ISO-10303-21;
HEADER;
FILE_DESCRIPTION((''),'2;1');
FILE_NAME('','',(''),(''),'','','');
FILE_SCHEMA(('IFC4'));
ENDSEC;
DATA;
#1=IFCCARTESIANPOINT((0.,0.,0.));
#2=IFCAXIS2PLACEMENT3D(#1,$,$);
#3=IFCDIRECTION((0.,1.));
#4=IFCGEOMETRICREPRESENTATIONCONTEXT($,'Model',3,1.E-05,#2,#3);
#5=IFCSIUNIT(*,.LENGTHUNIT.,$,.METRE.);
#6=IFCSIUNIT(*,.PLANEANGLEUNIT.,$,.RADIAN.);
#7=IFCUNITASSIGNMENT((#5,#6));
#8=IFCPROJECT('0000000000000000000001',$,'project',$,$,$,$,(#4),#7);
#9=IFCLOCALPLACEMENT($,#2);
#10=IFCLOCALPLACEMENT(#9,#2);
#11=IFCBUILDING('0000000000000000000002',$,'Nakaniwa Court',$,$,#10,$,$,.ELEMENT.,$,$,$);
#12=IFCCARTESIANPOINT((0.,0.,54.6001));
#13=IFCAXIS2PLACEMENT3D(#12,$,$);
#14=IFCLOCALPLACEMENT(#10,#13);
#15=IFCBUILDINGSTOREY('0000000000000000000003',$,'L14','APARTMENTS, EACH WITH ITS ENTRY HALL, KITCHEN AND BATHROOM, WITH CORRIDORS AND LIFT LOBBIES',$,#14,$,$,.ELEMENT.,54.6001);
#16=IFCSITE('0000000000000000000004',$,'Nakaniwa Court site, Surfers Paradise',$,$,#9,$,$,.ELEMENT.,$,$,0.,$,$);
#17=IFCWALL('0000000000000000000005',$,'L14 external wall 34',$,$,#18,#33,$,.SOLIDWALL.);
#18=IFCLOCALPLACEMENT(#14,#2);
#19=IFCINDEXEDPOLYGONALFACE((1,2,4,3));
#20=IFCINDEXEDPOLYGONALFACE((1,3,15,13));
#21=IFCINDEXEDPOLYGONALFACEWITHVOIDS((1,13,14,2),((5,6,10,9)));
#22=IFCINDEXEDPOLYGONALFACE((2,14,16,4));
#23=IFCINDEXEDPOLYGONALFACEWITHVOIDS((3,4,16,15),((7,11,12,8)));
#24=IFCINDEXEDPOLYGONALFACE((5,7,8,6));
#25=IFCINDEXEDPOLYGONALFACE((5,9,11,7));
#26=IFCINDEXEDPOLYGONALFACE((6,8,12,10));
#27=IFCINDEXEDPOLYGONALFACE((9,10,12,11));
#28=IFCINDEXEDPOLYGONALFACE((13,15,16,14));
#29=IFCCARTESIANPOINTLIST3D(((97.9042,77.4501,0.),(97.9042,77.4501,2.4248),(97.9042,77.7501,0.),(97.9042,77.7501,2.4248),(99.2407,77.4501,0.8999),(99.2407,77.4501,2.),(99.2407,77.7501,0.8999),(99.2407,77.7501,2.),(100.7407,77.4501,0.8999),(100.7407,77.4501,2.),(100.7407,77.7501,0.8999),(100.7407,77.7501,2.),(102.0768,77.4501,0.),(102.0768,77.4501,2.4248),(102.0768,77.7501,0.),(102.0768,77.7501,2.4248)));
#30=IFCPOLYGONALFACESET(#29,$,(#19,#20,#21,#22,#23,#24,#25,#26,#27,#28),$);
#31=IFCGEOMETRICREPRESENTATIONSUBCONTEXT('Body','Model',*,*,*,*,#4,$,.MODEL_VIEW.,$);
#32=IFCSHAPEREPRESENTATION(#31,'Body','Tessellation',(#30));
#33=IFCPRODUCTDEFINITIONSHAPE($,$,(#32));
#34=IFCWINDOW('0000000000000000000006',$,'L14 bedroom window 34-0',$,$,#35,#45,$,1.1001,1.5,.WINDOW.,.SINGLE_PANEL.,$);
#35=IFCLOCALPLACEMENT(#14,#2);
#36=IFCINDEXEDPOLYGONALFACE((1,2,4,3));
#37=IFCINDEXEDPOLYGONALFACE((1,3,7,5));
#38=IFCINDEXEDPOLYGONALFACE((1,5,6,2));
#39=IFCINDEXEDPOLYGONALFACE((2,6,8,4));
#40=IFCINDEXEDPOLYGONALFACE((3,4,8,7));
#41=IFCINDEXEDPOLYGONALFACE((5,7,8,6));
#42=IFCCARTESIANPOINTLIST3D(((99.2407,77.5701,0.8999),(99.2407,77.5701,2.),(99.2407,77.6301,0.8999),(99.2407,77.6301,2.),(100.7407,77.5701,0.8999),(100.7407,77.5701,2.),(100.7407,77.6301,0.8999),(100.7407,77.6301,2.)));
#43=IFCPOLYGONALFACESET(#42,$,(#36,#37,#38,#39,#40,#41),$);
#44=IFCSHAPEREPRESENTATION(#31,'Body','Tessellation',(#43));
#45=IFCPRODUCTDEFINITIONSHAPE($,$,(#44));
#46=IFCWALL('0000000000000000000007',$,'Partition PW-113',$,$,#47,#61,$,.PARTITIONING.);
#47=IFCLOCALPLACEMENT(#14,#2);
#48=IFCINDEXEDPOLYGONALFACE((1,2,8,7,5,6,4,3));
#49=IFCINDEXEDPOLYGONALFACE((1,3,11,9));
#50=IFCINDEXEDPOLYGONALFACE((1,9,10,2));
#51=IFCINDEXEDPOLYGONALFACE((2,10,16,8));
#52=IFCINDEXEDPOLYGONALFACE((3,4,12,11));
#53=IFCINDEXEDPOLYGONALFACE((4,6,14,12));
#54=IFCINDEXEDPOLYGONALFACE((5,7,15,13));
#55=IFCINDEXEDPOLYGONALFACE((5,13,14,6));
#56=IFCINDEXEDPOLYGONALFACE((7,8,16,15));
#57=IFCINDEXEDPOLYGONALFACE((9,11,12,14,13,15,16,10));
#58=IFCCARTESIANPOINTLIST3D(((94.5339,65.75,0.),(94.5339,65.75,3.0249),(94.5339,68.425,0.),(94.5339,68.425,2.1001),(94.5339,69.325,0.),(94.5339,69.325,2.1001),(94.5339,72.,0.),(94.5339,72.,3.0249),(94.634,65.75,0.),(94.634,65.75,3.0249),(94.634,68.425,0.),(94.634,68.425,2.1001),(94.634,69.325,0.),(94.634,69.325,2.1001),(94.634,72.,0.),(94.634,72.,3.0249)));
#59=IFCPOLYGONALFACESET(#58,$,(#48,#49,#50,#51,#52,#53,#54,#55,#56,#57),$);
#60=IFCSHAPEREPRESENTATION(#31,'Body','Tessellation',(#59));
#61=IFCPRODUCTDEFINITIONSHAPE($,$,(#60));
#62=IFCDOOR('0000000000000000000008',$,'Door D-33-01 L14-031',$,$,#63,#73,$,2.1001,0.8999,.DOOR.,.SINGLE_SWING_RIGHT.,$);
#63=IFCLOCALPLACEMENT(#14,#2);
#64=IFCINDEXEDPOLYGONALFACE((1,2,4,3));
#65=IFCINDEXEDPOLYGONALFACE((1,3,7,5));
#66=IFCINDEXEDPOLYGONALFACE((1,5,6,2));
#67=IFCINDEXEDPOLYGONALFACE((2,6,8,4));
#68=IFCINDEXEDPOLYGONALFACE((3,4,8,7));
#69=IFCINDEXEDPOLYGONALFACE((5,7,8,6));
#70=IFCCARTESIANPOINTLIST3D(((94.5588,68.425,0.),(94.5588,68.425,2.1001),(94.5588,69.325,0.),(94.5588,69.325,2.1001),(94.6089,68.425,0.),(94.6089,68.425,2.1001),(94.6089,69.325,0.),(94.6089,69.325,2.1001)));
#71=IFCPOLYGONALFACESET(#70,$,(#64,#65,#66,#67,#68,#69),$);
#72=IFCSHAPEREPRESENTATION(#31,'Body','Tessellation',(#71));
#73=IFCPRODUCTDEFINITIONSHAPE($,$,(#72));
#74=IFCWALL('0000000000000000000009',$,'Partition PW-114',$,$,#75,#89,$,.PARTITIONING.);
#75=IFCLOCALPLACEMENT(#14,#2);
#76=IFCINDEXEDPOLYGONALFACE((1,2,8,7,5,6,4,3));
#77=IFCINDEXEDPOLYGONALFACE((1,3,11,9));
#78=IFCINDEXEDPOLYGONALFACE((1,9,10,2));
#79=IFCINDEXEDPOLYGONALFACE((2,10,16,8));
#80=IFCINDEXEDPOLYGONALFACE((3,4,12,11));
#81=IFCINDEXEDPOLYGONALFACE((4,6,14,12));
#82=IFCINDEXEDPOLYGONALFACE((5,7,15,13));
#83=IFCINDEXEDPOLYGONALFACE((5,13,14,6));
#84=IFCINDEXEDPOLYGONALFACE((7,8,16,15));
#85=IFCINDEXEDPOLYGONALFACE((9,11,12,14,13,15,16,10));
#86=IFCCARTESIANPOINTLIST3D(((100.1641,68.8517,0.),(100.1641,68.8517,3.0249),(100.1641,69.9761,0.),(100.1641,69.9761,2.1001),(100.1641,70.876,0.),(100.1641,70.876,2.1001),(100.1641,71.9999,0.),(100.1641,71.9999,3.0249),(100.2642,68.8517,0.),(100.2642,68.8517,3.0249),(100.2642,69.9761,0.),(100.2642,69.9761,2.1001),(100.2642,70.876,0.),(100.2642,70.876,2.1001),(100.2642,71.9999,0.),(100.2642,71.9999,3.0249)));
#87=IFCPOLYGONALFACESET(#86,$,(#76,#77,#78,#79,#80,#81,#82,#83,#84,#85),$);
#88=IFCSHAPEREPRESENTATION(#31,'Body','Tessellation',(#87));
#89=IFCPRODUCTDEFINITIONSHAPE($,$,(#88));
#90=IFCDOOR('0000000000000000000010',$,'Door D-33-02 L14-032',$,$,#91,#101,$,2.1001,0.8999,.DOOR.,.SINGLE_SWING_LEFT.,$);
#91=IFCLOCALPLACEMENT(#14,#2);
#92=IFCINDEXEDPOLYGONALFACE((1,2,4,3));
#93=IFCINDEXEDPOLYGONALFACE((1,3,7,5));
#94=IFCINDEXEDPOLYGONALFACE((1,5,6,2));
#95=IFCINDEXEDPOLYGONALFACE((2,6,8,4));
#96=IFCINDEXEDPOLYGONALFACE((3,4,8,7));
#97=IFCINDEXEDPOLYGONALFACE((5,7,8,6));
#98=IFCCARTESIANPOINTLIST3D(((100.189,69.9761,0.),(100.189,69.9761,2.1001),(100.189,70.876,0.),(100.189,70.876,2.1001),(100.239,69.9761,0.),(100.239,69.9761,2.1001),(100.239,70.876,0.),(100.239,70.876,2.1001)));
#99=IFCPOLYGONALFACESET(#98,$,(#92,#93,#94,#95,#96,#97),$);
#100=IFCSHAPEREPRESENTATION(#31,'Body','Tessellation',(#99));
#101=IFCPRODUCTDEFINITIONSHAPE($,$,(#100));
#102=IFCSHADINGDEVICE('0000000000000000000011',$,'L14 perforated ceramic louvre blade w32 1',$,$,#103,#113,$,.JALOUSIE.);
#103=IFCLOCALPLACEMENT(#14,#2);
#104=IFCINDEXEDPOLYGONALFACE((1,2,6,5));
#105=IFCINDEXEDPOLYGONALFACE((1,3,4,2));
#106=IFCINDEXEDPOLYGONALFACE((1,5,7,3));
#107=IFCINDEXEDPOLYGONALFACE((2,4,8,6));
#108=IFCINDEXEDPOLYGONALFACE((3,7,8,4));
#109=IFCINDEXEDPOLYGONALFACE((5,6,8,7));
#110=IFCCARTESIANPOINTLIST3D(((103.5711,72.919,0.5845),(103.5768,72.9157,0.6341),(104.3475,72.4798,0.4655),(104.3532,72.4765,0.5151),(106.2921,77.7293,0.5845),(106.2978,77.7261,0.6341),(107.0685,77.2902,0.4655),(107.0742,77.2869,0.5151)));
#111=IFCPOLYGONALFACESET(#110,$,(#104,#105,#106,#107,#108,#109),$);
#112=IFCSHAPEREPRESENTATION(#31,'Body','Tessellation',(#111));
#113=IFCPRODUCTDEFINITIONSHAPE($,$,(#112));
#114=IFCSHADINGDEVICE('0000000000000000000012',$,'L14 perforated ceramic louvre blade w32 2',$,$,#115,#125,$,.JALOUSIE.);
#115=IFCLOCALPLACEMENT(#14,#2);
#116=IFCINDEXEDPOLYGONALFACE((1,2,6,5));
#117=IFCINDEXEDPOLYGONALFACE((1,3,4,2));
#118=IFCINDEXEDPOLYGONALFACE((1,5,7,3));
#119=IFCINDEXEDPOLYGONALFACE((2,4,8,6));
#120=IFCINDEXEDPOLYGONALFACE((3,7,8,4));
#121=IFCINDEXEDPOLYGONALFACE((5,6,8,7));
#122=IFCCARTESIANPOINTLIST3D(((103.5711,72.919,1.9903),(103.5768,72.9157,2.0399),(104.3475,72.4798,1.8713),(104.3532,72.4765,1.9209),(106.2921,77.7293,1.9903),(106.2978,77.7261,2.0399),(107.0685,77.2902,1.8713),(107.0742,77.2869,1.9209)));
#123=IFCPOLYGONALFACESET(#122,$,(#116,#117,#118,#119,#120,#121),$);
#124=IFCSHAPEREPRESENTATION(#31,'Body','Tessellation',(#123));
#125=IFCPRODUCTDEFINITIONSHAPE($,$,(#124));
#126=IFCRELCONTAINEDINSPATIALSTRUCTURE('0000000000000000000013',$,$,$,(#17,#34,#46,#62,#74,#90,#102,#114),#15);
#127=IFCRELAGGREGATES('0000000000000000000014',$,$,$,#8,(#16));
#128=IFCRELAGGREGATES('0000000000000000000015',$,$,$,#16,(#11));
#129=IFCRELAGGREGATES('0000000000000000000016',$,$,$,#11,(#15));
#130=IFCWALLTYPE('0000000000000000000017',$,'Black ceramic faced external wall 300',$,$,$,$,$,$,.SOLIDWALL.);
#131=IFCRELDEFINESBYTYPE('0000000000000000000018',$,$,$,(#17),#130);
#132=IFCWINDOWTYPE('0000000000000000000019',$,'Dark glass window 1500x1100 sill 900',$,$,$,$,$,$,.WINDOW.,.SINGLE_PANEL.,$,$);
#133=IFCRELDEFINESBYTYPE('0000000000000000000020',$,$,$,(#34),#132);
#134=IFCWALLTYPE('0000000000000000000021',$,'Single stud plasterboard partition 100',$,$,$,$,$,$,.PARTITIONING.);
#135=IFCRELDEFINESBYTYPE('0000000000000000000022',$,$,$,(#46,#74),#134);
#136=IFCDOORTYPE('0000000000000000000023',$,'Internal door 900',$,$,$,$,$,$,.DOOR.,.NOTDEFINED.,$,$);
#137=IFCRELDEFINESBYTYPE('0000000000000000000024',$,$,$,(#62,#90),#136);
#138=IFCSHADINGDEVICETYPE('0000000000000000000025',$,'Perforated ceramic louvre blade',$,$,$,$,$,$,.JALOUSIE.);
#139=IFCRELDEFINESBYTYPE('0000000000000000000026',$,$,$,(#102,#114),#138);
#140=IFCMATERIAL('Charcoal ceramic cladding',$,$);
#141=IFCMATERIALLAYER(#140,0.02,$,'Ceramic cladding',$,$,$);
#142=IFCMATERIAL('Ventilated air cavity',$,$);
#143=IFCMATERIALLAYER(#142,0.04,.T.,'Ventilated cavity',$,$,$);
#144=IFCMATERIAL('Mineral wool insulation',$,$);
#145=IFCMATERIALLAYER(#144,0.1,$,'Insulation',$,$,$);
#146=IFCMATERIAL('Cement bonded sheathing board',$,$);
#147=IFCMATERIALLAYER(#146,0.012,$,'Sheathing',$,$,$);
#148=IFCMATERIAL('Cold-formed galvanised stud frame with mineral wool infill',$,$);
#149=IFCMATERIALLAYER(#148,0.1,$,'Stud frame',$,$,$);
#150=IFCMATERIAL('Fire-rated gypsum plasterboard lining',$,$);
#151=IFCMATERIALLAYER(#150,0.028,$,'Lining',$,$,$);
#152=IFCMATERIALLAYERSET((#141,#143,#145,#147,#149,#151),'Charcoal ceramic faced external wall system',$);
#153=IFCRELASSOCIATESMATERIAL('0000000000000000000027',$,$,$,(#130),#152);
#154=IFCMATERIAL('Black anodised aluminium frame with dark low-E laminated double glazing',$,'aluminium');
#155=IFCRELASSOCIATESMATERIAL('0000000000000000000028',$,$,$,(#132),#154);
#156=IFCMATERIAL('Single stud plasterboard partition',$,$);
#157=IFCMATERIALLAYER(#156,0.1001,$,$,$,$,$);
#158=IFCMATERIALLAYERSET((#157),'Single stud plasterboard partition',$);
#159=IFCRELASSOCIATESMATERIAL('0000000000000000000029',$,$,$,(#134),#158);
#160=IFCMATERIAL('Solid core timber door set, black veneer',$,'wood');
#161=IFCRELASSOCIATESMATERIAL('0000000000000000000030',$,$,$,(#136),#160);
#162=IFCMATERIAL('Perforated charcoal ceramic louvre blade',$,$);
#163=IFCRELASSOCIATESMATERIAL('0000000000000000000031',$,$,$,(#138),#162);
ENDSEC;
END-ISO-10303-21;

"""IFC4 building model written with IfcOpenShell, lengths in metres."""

from ifc_helpers import new_model, si_unit, direction, frame, frame_2d, origin, origin_2d, place, context, subcontext, project, spatial, rectangle, extrude, material, layer, layer_set, material_profile, profile_set, type_object, element, fill, save


model = new_model("IFC4")

# Units and contexts
model_context = context("Model", 3, precision=1e-05, world=origin(), true_north=direction((0.0, 1.0)))
body_context = subcontext(model_context, "Body", "Model", "MODEL_VIEW")
ifc_project = project(units=[si_unit("LENGTHUNIT", "METRE"), si_unit("PLANEANGLEUNIT", "RADIAN")], contexts=[model_context])

# Site, building, storey
site_placement = place(None, origin())
site = spatial("IfcSite", under=ifc_project, at=site_placement, Name="Nakaniwa Court site, Surfers Paradise", CompositionType="ELEMENT", RefElevation=0.0)
building_placement = place(site_placement, origin())
building = spatial("IfcBuilding", under=site, at=building_placement, Name="Nakaniwa Court", CompositionType="ELEMENT")
storey_placement = place(building_placement, frame((0.0, 0.0, 54.6001)))
storey = spatial("IfcBuildingStorey", under=building, at=storey_placement, Name="L14", Description="APARTMENTS, EACH WITH ITS ENTRY HALL, KITCHEN AND BATHROOM, WITH CORRIDORS AND LIFT LOBBIES", CompositionType="ELEMENT", Elevation=54.6001)

# Shared definitions
ifc_material_1 = material(Name="Charcoal ceramic cladding")
ifc_layer_1 = layer(ifc_material_1, 0.02, Name="Ceramic cladding")
ifc_material_2 = material(Name="Ventilated air cavity")
ifc_layer_2 = layer(ifc_material_2, 0.04, ventilated=True, Name="Ventilated cavity")
ifc_material_3 = material(Name="Mineral wool insulation")
ifc_layer_3 = layer(ifc_material_3, 0.1, Name="Insulation")
ifc_material_4 = material(Name="Cement bonded sheathing board")
ifc_layer_4 = layer(ifc_material_4, 0.012, Name="Sheathing")
ifc_material_5 = material(Name="Cold-formed galvanised stud frame with mineral wool infill")
ifc_layer_5 = layer(ifc_material_5, 0.1, Name="Stud frame")
ifc_material_6 = material(Name="Fire-rated gypsum plasterboard lining")
ifc_layer_6 = layer(ifc_material_6, 0.028, Name="Lining")
ifc_layer_set_1 = layer_set([ifc_layer_1, ifc_layer_2, ifc_layer_3, ifc_layer_4, ifc_layer_5, ifc_layer_6], Name="Charcoal ceramic faced external wall system")
wall_type_1 = type_object("IfcWallType", Name="Black ceramic faced external wall 300", PredefinedType="SOLIDWALL", material=ifc_layer_set_1)
ifc_material_7 = material(Name="Black anodised aluminium frame with dark low-E laminated double glazing", Category="aluminium")
window_type = type_object("IfcWindowType", Name="Dark glass window 1500x1100 sill 900", PartitioningType="SINGLE_PANEL", PredefinedType="WINDOW", material=ifc_material_7)

# Wall, opening, window
wall_1_placement = place(storey_placement, frame((102.0769, 77.6001, 0.0), z_axis=(0.0, 0.0, 1.0), x_axis=(-1.0, 0.0, 0.0)))
wall_1 = element("IfcWall", 1, at=wall_1_placement, inside=storey, type_object=wall_type_1, Name="L14 external wall 34", PredefinedType="SOLIDWALL", context=body_context, shape_type="SweptSolid", body=[
    extrude(rectangle(XDim=4.1726, YDim=0.3, at=frame_2d((2.0864, 0.0))), origin(), (0.0, 0.0, 1.0), 2.4248),
])
opening_1_placement = place(wall_1_placement, frame((1.3362, 0.0, 0.8999)))
opening_1 = element("IfcOpeningElement", 2, at=opening_1_placement, cuts=wall_1, PredefinedType="OPENING", context=body_context, shape_type="SweptSolid", body=[
    extrude(rectangle(XDim=1.5, YDim=1.1001, at=frame_2d((0.75, 0.55))), frame((0.0, 0.1599, 0.0), z_axis=(0.0, -1.0, 0.0), x_axis=(1.0, 0.0, 0.0)), (0.0, 0.0, 1.0), 0.3201),
])
window_1_placement = place(opening_1_placement, origin())
window_1 = element("IfcWindow", 3, at=window_1_placement, inside=storey, type_object=window_type, Name="L14 bedroom window 34-0", OverallHeight=1.1001, OverallWidth=1.5, PartitioningType="SINGLE_PANEL", PredefinedType="WINDOW", context=body_context, shape_type="SweptSolid", body=[
    extrude(rectangle(XDim=1.5, YDim=1.1001, at=frame_2d((0.75, 0.55))), frame((0.0, 0.03, 0.0), z_axis=(0.0, -1.0, 0.0), x_axis=(1.0, 0.0, 0.0)), (0.0, 0.0, 1.0), 0.0601),
])
fill(opening_1, window_1)

# Walls, openings, doors
ifc_material_8 = material(Name="Single stud plasterboard partition")
ifc_layer_7 = layer(ifc_material_8, 0.1001)
ifc_layer_set_2 = layer_set([ifc_layer_7], Name="Single stud plasterboard partition")
wall_type_2 = type_object("IfcWallType", Name="Single stud plasterboard partition 100", PredefinedType="PARTITIONING", material=ifc_layer_set_2)
wall_2_placement = place(storey_placement, frame((94.584, 72.0, 0.0), z_axis=(0.0, 0.0, 1.0), x_axis=(0.0, -1.0, 0.0)))
wall_2 = element("IfcWall", 4, at=wall_2_placement, inside=storey, type_object=wall_type_2, Name="Partition PW-113", PredefinedType="PARTITIONING", context=body_context, shape_type="SweptSolid", body=[
    extrude(rectangle(XDim=6.25, YDim=0.1001, at=frame_2d((3.125, 0.0))), origin(), (0.0, 0.0, 1.0), 3.0249),
])
opening_2_placement = place(wall_2_placement, frame((2.675, 0.0, 0.0)))
opening_2 = element("IfcOpeningElement", 5, at=opening_2_placement, cuts=wall_2, PredefinedType="OPENING", context=body_context, shape_type="SweptSolid", body=[
    extrude(rectangle(XDim=0.8999, YDim=2.1001, at=frame_2d((0.45, 1.05))), frame((0.0, 0.0601, 0.0), z_axis=(0.0, -1.0, 0.0), x_axis=(1.0, 0.0, 0.0)), (0.0, 0.0, 1.0), 0.1201),
])
ifc_material_9 = material(Name="Solid core timber door set, black veneer", Category="wood")
door_type = type_object("IfcDoorType", Name="Internal door 900", OperationType="NOTDEFINED", PredefinedType="DOOR", material=ifc_material_9)
door_1_placement = place(opening_2_placement, origin())
door_1 = element("IfcDoor", 6, at=door_1_placement, inside=storey, type_object=door_type, Name="Door D-33-01 L14-031", OperationType="SINGLE_SWING_RIGHT", OverallHeight=2.1001, OverallWidth=0.8999, PredefinedType="DOOR", context=body_context, shape_type="SweptSolid", body=[
    extrude(rectangle(XDim=0.8999, YDim=2.1001, at=frame_2d((0.45, 1.05))), frame((0.0, 0.0249, 0.0), z_axis=(0.0, -1.0, 0.0), x_axis=(1.0, 0.0, 0.0)), (0.0, 0.0, 1.0), 0.05),
])
fill(opening_2, door_1)
wall_3_placement = place(storey_placement, frame((100.2141, 72.0, 0.0), z_axis=(0.0, 0.0, 1.0), x_axis=(0.0, -1.0, 0.0)))
wall_3 = element("IfcWall", 7, at=wall_3_placement, inside=storey, type_object=wall_type_2, Name="Partition PW-114", PredefinedType="PARTITIONING", context=body_context, shape_type="SweptSolid", body=[
    extrude(rectangle(XDim=3.1482, YDim=0.1001, at=frame_2d((1.5742, 0.0))), origin(), (0.0, 0.0, 1.0), 3.0249),
])
opening_3_placement = place(wall_3_placement, frame((1.124, 0.0, 0.0)))
opening_3 = element("IfcOpeningElement", 8, at=opening_3_placement, cuts=wall_3, PredefinedType="OPENING", context=body_context, shape_type="SweptSolid", body=[
    extrude(rectangle(XDim=0.8999, YDim=2.1001, at=frame_2d((0.45, 1.05))), frame((0.0, 0.0601, 0.0), z_axis=(0.0, -1.0, 0.0), x_axis=(1.0, 0.0, 0.0)), (0.0, 0.0, 1.0), 0.1201),
])
door_2_placement = place(opening_3_placement, origin())
door_2 = element("IfcDoor", 9, at=door_2_placement, inside=storey, type_object=door_type, Name="Door D-33-02 L14-032", OperationType="SINGLE_SWING_LEFT", OverallHeight=2.1001, OverallWidth=0.8999, PredefinedType="DOOR", context=body_context, shape_type="SweptSolid", body=[
    extrude(rectangle(XDim=0.8999, YDim=2.1001, at=frame_2d((0.45, 1.05))), frame((0.0, 0.0249, 0.0), z_axis=(0.0, -1.0, 0.0), x_axis=(1.0, 0.0, 0.0)), (0.0, 0.0, 1.0), 0.05),
])
fill(opening_3, door_2)

# Shading devices
ifc_material_10 = material(Name="Perforated charcoal ceramic louvre blade")
ifc_material_profile_1 = material_profile(ifc_material_10, rectangle(XDim=0.8999, YDim=0.05, at=origin_2d()), Name="Perforated ceramic louvre blade")
ifc_profile_set_1 = profile_set([ifc_material_profile_1], Name="Perforated charcoal ceramic louvre blade")
shading_device_type = type_object("IfcShadingDeviceType", Name="Perforated ceramic louvre blade", PredefinedType="JALOUSIE", material=ifc_profile_set_1)
for number, where, z_axis, x_axis, name in (
    (10, (103.9622, 72.6978, 0.5498), (0.492343, 0.870402, 0.0), (-0.862756, 0.488018, 0.132256), "L14 perforated ceramic louvre blade w32 1"),
    (11, (103.9622, 72.6978, 1.9556), (0.492343, 0.870402, 0.0), (-0.862756, 0.488018, 0.132256), "L14 perforated ceramic louvre blade w32 2"),
):
    element("IfcShadingDevice", number, at=place(storey_placement, frame(where, z_axis=z_axis, x_axis=x_axis)), inside=storey, type_object=shading_device_type, Name=name, PredefinedType="JALOUSIE", context=body_context, shape_type="SweptSolid", body=[
        extrude(rectangle(XDim=0.8999, YDim=0.05, at=origin_2d()), origin(), (0.0, 0.0, 1.0), 5.5266),
    ])

save(model, "model.ifc")
